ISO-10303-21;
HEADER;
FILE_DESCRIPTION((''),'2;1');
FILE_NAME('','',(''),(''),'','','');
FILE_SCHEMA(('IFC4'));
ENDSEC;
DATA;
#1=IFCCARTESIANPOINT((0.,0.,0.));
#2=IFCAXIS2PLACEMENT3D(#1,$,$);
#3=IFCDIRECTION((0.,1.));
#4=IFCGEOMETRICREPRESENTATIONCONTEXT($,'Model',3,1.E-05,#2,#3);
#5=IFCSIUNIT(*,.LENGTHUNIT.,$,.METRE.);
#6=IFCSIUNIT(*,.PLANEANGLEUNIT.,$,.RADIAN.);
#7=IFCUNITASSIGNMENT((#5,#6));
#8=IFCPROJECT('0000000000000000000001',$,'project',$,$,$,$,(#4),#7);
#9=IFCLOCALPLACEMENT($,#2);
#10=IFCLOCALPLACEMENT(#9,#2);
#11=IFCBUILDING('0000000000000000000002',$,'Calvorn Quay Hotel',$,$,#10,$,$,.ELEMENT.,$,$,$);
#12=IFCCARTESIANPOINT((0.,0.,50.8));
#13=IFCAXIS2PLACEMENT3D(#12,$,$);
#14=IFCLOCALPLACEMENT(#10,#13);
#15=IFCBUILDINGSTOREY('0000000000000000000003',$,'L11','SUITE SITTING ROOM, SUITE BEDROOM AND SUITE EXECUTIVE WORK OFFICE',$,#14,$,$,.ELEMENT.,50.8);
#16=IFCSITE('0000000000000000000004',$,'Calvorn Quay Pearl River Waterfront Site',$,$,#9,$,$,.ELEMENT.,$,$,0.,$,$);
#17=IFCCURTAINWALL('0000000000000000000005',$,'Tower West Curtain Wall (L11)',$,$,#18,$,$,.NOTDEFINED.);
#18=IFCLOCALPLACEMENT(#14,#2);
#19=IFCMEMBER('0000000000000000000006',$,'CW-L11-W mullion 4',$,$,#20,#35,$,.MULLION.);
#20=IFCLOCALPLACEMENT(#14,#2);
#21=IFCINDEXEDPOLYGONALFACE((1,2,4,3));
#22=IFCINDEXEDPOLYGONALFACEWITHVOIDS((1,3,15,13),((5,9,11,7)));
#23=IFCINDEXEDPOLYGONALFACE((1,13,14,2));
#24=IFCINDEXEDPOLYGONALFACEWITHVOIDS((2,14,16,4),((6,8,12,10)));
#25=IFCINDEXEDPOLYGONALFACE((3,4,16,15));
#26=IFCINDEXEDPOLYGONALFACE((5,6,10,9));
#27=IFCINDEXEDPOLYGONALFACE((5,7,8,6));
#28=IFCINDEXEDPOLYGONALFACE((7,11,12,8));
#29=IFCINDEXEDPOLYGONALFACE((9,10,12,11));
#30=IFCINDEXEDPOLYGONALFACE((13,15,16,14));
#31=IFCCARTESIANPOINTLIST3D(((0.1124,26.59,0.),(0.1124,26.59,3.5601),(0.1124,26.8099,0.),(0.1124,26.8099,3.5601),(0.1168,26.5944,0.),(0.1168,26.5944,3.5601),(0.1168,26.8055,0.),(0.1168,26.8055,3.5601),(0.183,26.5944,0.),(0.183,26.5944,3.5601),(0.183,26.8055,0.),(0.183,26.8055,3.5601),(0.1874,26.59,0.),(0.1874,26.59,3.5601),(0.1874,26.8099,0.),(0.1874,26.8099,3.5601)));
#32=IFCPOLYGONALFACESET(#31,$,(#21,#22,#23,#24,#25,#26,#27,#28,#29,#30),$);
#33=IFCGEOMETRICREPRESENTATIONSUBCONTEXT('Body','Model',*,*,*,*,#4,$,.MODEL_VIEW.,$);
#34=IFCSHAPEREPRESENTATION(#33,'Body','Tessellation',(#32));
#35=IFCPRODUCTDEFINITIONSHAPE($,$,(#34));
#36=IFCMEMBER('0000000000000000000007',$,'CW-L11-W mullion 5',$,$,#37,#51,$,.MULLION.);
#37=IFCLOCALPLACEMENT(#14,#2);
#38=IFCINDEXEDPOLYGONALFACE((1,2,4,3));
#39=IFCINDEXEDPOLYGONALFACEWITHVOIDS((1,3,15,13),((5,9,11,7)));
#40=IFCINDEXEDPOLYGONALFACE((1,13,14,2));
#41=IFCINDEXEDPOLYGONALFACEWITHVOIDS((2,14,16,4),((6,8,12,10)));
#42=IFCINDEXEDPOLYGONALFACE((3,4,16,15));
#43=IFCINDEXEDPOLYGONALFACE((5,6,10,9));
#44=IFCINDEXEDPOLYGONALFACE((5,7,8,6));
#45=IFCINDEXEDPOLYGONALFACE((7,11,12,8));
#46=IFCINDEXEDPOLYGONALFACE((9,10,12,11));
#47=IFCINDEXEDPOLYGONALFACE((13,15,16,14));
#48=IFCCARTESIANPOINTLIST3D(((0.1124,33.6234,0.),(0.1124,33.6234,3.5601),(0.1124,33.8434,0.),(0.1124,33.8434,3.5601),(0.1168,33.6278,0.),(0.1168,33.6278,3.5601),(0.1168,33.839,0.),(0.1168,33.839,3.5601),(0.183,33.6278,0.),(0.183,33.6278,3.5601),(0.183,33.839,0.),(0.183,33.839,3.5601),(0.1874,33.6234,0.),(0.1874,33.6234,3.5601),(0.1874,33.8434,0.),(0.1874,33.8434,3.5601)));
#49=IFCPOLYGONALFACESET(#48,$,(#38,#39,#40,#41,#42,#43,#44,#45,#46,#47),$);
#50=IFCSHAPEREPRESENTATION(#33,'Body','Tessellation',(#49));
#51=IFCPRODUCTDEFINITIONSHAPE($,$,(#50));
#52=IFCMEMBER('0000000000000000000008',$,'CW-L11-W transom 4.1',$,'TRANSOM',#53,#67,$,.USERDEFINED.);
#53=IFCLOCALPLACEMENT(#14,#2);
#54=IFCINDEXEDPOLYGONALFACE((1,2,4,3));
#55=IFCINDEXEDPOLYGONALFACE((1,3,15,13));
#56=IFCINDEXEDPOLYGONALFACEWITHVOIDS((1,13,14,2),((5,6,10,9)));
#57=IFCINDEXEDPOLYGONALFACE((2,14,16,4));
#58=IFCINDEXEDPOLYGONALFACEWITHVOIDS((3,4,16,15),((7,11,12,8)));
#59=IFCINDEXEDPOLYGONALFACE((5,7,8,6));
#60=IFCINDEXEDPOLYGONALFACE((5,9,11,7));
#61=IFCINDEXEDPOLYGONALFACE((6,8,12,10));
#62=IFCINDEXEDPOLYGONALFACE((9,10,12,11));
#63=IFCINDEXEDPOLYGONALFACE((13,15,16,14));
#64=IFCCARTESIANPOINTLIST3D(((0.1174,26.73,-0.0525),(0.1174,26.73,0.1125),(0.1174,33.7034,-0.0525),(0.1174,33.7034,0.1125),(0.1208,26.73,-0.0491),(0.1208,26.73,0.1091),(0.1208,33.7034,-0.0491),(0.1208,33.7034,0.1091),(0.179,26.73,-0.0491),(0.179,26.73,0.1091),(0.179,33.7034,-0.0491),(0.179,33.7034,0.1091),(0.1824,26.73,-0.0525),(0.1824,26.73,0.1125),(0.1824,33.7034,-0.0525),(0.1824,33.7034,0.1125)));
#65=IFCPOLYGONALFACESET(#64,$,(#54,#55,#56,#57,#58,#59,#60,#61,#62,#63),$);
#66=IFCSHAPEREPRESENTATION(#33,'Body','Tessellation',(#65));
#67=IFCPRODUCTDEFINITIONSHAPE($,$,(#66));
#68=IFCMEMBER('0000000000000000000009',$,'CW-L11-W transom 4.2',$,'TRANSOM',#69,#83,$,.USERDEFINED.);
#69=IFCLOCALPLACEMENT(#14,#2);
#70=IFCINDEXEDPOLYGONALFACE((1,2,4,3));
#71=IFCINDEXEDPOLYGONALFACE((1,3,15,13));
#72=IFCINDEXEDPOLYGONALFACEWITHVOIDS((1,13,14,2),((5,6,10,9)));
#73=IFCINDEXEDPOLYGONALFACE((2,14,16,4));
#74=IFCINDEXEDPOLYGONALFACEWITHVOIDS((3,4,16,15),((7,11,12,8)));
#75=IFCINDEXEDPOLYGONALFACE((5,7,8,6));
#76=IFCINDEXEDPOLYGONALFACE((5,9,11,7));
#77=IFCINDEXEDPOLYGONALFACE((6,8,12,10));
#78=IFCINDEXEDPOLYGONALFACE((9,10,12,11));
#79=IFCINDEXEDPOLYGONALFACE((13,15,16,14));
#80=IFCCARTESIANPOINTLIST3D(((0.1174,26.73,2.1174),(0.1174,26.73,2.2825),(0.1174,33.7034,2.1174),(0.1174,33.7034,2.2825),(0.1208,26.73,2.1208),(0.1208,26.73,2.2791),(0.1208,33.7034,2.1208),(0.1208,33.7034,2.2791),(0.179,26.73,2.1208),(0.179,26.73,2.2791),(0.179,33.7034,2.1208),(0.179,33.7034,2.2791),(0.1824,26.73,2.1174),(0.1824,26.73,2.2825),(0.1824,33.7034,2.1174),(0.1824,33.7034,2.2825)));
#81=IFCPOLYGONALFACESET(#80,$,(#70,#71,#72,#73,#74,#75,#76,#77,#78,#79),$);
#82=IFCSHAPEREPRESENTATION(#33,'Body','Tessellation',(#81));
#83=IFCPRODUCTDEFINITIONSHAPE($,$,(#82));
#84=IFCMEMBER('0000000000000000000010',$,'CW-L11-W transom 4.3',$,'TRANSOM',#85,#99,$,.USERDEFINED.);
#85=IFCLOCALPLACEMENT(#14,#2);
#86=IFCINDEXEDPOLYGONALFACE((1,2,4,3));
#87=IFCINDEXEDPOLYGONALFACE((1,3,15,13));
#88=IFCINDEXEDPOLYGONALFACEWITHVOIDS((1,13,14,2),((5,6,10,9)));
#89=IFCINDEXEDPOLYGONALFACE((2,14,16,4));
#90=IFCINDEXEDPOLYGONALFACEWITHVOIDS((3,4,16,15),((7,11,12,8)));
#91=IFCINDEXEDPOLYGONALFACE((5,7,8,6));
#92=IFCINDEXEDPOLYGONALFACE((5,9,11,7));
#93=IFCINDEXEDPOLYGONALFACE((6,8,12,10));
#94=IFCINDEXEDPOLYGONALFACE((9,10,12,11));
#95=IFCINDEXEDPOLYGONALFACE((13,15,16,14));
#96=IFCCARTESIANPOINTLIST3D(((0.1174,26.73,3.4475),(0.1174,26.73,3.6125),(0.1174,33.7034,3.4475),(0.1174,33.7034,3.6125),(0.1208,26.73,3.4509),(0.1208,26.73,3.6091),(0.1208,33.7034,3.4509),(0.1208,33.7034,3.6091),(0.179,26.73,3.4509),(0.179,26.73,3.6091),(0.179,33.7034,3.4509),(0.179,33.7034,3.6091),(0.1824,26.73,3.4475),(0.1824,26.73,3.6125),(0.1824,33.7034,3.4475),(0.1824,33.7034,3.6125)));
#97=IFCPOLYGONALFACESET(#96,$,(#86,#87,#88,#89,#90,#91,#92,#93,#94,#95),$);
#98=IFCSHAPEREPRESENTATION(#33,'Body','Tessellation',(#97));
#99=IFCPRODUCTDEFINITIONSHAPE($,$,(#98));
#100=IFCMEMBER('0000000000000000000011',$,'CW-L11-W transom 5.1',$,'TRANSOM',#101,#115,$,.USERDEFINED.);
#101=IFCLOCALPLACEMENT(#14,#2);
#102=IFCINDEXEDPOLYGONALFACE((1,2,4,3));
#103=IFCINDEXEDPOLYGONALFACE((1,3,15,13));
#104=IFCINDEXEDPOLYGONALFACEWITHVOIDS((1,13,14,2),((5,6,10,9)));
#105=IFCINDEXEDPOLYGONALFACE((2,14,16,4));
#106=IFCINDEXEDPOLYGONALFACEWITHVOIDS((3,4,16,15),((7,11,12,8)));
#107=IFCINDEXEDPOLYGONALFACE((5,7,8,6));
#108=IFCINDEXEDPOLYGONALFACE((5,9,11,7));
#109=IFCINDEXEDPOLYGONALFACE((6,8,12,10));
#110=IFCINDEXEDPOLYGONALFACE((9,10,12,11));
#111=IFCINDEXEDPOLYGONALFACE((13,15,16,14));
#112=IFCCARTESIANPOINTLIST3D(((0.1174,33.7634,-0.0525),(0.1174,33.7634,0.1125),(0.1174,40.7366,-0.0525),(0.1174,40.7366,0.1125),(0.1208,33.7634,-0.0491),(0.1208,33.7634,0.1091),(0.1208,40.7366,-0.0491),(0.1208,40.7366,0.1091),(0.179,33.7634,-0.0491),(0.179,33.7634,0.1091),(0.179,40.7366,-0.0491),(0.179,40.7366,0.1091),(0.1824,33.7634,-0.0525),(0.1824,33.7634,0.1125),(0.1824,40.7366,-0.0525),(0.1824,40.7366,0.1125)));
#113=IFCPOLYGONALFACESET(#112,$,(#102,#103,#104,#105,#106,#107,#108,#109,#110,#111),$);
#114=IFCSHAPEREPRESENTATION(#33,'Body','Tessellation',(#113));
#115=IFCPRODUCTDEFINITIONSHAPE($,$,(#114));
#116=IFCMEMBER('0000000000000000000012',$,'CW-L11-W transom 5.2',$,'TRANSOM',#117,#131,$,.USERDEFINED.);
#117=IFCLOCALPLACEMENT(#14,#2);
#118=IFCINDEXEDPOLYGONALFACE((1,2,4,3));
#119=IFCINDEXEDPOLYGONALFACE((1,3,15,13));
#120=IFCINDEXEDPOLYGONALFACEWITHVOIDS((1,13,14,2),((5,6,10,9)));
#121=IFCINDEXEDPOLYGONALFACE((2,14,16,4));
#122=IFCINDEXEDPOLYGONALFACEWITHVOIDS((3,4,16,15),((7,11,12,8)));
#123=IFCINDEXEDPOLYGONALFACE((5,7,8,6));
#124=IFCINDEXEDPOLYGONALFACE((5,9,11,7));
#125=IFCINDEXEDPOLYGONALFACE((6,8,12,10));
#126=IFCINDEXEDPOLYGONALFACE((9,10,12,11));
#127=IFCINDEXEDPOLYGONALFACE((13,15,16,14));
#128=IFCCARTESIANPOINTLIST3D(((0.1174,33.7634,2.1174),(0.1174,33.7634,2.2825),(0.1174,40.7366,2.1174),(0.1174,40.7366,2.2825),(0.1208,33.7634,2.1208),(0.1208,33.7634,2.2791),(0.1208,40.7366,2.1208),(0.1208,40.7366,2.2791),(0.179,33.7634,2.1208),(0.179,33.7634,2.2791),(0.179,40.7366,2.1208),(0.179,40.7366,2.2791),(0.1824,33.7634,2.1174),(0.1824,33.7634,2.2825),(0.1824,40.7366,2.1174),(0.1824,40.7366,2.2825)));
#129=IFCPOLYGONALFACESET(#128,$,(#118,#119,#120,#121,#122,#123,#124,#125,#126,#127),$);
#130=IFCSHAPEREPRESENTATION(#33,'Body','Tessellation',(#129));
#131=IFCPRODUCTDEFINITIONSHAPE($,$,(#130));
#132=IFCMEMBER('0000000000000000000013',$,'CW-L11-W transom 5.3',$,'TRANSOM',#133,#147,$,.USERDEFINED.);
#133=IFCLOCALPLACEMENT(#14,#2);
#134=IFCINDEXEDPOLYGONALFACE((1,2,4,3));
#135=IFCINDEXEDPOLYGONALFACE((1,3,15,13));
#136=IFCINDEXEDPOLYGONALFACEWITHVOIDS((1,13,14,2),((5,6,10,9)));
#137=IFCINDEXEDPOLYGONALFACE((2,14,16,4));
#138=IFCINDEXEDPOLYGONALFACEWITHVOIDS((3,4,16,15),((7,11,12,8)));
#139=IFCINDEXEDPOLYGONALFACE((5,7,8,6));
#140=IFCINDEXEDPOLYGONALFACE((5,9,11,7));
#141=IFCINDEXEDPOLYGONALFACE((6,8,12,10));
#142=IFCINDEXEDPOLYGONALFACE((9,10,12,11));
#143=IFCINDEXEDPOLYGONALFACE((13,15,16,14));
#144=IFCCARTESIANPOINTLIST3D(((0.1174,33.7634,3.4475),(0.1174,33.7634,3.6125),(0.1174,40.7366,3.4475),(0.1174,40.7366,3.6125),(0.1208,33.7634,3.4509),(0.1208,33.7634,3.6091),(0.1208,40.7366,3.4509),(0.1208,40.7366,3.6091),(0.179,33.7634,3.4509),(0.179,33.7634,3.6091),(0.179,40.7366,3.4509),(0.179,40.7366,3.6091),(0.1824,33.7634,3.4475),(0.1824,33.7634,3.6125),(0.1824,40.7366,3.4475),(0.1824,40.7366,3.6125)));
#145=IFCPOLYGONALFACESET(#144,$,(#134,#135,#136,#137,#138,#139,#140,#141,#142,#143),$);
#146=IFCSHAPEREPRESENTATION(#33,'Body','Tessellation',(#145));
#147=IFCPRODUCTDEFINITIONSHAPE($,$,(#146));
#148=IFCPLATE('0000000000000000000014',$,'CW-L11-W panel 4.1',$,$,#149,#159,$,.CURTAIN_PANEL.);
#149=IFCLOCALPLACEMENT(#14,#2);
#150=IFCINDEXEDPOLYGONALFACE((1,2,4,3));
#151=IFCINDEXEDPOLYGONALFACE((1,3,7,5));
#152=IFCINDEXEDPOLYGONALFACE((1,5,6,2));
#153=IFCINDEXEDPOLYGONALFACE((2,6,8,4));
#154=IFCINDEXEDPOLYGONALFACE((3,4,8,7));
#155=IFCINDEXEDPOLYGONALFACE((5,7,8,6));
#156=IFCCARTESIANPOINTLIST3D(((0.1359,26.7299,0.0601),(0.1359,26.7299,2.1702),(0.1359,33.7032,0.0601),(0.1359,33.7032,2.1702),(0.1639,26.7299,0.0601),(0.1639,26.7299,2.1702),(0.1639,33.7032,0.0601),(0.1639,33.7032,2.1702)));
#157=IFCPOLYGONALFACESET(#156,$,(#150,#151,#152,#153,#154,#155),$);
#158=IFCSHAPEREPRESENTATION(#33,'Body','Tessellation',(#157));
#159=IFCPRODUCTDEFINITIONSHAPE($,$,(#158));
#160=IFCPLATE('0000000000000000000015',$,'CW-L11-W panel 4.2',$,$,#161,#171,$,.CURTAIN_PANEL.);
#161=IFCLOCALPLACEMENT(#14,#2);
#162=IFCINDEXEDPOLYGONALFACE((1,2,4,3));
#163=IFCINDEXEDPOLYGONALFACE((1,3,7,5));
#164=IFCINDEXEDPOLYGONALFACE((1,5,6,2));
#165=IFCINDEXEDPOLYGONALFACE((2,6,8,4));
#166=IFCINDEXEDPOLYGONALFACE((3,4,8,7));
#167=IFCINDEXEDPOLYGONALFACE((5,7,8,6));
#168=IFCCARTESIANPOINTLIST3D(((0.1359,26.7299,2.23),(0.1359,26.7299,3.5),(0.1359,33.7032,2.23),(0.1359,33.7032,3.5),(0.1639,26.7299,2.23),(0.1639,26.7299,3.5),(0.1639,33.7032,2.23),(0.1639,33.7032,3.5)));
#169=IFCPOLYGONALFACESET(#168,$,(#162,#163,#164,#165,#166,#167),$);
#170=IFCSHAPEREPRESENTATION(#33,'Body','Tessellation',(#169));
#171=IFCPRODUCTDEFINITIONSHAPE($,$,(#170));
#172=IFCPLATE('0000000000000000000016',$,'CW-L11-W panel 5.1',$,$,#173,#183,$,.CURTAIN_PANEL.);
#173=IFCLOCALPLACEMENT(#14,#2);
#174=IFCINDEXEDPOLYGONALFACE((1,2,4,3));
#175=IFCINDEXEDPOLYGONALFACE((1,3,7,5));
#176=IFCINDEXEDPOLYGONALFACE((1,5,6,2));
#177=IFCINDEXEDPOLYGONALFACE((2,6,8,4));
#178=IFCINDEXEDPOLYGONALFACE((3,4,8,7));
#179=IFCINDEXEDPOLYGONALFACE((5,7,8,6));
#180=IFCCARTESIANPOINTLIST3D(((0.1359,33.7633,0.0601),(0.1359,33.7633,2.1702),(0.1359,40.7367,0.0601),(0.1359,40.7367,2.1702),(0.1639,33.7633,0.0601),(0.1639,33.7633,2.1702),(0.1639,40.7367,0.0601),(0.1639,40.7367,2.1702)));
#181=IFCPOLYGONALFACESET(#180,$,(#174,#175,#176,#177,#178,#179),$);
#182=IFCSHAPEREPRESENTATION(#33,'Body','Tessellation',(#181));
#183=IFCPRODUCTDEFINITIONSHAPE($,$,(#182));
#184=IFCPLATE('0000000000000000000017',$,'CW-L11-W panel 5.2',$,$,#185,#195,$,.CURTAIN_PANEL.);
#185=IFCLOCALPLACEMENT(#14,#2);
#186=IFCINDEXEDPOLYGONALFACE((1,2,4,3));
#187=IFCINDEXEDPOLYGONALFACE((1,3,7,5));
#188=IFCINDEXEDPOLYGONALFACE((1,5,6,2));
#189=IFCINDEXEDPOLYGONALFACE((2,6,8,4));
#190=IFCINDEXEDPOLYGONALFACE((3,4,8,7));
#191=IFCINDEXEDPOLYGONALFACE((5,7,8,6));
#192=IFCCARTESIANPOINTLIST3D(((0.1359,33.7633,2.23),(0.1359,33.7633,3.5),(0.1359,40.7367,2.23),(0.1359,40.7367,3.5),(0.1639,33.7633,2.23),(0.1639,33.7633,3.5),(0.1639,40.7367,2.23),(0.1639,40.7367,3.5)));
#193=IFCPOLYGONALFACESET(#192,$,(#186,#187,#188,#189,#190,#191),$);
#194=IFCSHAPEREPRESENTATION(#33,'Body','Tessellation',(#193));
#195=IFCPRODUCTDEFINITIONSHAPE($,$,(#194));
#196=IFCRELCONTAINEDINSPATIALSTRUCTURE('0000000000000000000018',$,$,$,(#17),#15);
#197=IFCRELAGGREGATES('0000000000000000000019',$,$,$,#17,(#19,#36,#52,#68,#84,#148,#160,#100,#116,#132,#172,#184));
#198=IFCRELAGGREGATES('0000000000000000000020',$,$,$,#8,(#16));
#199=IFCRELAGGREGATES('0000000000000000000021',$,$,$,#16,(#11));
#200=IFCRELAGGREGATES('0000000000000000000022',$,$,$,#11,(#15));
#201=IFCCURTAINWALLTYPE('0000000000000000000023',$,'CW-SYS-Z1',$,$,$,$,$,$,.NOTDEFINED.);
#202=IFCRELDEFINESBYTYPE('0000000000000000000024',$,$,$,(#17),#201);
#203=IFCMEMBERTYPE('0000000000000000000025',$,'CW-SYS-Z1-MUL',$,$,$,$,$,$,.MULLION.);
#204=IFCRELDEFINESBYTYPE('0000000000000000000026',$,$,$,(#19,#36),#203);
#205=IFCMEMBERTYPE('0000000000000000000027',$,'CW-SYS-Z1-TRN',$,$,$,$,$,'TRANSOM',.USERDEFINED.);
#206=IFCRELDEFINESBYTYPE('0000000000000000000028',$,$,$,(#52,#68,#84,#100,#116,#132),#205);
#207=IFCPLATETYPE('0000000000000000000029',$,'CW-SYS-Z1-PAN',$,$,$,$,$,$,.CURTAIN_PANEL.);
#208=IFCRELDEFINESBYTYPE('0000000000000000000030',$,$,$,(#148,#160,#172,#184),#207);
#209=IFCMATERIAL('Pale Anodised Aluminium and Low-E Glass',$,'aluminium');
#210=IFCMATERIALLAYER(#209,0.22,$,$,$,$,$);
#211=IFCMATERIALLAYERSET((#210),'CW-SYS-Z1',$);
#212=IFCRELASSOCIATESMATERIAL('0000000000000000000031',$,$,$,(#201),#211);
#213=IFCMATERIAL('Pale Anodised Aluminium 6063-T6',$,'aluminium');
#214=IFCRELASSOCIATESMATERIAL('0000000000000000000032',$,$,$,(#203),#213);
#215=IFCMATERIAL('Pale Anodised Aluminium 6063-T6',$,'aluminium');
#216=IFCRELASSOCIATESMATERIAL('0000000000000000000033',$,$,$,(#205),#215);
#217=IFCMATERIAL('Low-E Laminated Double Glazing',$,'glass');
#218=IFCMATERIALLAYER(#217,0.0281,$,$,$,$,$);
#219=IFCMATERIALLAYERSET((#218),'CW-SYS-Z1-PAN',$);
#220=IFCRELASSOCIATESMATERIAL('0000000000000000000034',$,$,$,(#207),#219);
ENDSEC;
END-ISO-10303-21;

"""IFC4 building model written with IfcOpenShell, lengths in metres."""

from ifc_helpers import new_model, si_unit, direction, frame, origin, origin_2d, place, context, subcontext, project, spatial, rectangle, hollow_rectangle, extrude, material, layer, layer_set, material_profile, profile_set, type_object, element, aggregate, save


model = new_model("IFC4")

# Units and contexts
model_context = context("Model", 3, precision=1e-05, world=origin(), true_north=direction((0.0, 1.0)))
body_context = subcontext(model_context, "Body", "Model", "MODEL_VIEW")
ifc_project = project(units=[si_unit("LENGTHUNIT", "METRE"), si_unit("PLANEANGLEUNIT", "RADIAN")], contexts=[model_context])

# Site, building, storey
site_placement = place(None, origin())
site = spatial("IfcSite", under=ifc_project, at=site_placement, Name="Calvorn Quay Pearl River Waterfront Site", CompositionType="ELEMENT", RefElevation=0.0)
building_placement = place(site_placement, origin())
building = spatial("IfcBuilding", under=site, at=building_placement, Name="Calvorn Quay Hotel", CompositionType="ELEMENT")
storey_placement = place(building_placement, frame((0.0, 0.0, 50.8)))
storey = spatial("IfcBuildingStorey", under=building, at=storey_placement, Name="L11", Description="SUITE SITTING ROOM, SUITE BEDROOM AND SUITE EXECUTIVE WORK OFFICE", CompositionType="ELEMENT", Elevation=50.8)

# Curtain wall, members, plates
ifc_material_1 = material(Name="Pale Anodised Aluminium and Low-E Glass", Category="aluminium")
ifc_layer_1 = layer(ifc_material_1, 0.22)
ifc_layer_set_1 = layer_set([ifc_layer_1], Name="CW-SYS-Z1")
curtain_wall_type = type_object("IfcCurtainWallType", Name="CW-SYS-Z1", PredefinedType="NOTDEFINED", material=ifc_layer_set_1)
curtain_wall_placement = place(storey_placement, origin())
curtain_wall = element("IfcCurtainWall", 1, at=curtain_wall_placement, inside=storey, type_object=curtain_wall_type, Name="Tower West Curtain Wall (L11)", PredefinedType="NOTDEFINED")
ifc_material_2 = material(Name="Pale Anodised Aluminium 6063-T6", Category="aluminium")
ifc_material_profile_1 = material_profile(ifc_material_2, hollow_rectangle(XDim=0.075, YDim=0.22, WallThickness=0.0044, at=origin_2d()), Name="ALU-M220x75x4.5")
ifc_profile_set_1 = profile_set([ifc_material_profile_1], Name="Pale Anodised Aluminium 6063-T6")
member_type_1 = type_object("IfcMemberType", Name="CW-SYS-Z1-MUL", PredefinedType="MULLION", material=ifc_profile_set_1)
member_1_placement = place(storey_placement, frame((0.1499, 26.7, 0.0), z_axis=(0.0, 0.0, 1.0), x_axis=(-1.0, 0.0, 0.0)))
member_1 = element("IfcMember", 2, at=member_1_placement, type_object=member_type_1, Name="CW-L11-W mullion 4", PredefinedType="MULLION", context=body_context, shape_type="SweptSolid", body=[
    extrude(hollow_rectangle(XDim=0.075, YDim=0.22, WallThickness=0.0044, at=origin_2d()), origin(), (0.0, 0.0, 1.0), 3.5601),
])
member_2_placement = place(storey_placement, frame((0.1499, 33.7334, 0.0), z_axis=(0.0, 0.0, 1.0), x_axis=(-1.0, 0.0, 0.0)))
member_2 = element("IfcMember", 3, at=member_2_placement, type_object=member_type_1, Name="CW-L11-W mullion 5", PredefinedType="MULLION", context=body_context, shape_type="SweptSolid", body=[
    extrude(hollow_rectangle(XDim=0.075, YDim=0.22, WallThickness=0.0044, at=origin_2d()), origin(), (0.0, 0.0, 1.0), 3.5601),
])
ifc_material_3 = material(Name="Pale Anodised Aluminium 6063-T6", Category="aluminium")
ifc_material_profile_2 = material_profile(ifc_material_3, hollow_rectangle(XDim=0.0649, YDim=0.165, WallThickness=0.0034, at=origin_2d()), Name="ALU-T165x65x3.5")
ifc_profile_set_2 = profile_set([ifc_material_profile_2], Name="Pale Anodised Aluminium 6063-T6")
member_type_2 = type_object("IfcMemberType", Name="CW-SYS-Z1-TRN", ElementType="TRANSOM", PredefinedType="USERDEFINED", material=ifc_profile_set_2)
member_3_placement = place(storey_placement, frame((0.1499, 26.73, 0.03), z_axis=(0.0, 1.0, 0.0), x_axis=(-1.0, 0.0, 0.0)))
member_3 = element("IfcMember", 4, at=member_3_placement, type_object=member_type_2, Name="CW-L11-W transom 4.1", ObjectType="TRANSOM", PredefinedType="USERDEFINED", context=body_context, shape_type="SweptSolid", body=[
    extrude(hollow_rectangle(XDim=0.0649, YDim=0.165, WallThickness=0.0034, at=origin_2d()), origin(), (0.0, 0.0, 1.0), 6.9734),
])
member_4_placement = place(storey_placement, frame((0.1499, 26.73, 2.2), z_axis=(0.0, 1.0, 0.0), x_axis=(-1.0, 0.0, 0.0)))
member_4 = element("IfcMember", 5, at=member_4_placement, type_object=member_type_2, Name="CW-L11-W transom 4.2", ObjectType="TRANSOM", PredefinedType="USERDEFINED", context=body_context, shape_type="SweptSolid", body=[
    extrude(hollow_rectangle(XDim=0.0649, YDim=0.165, WallThickness=0.0034, at=origin_2d()), origin(), (0.0, 0.0, 1.0), 6.9734),
])
member_5_placement = place(storey_placement, frame((0.1499, 26.73, 3.53), z_axis=(0.0, 1.0, 0.0), x_axis=(-1.0, 0.0, 0.0)))
member_5 = element("IfcMember", 6, at=member_5_placement, type_object=member_type_2, Name="CW-L11-W transom 4.3", ObjectType="TRANSOM", PredefinedType="USERDEFINED", context=body_context, shape_type="SweptSolid", body=[
    extrude(hollow_rectangle(XDim=0.0649, YDim=0.165, WallThickness=0.0034, at=origin_2d()), origin(), (0.0, 0.0, 1.0), 6.9734),
])
member_6_placement = place(storey_placement, frame((0.1499, 33.7634, 0.03), z_axis=(0.0, 1.0, 0.0), x_axis=(-1.0, 0.0, 0.0)))
member_6 = element("IfcMember", 7, at=member_6_placement, type_object=member_type_2, Name="CW-L11-W transom 5.1", ObjectType="TRANSOM", PredefinedType="USERDEFINED", context=body_context, shape_type="SweptSolid", body=[
    extrude(hollow_rectangle(XDim=0.0649, YDim=0.165, WallThickness=0.0034, at=origin_2d()), origin(), (0.0, 0.0, 1.0), 6.9731),
])
member_7_placement = place(storey_placement, frame((0.1499, 33.7634, 2.2), z_axis=(0.0, 1.0, 0.0), x_axis=(-1.0, 0.0, 0.0)))
member_7 = element("IfcMember", 8, at=member_7_placement, type_object=member_type_2, Name="CW-L11-W transom 5.2", ObjectType="TRANSOM", PredefinedType="USERDEFINED", context=body_context, shape_type="SweptSolid", body=[
    extrude(hollow_rectangle(XDim=0.0649, YDim=0.165, WallThickness=0.0034, at=origin_2d()), origin(), (0.0, 0.0, 1.0), 6.9731),
])
member_8_placement = place(storey_placement, frame((0.1499, 33.7634, 3.53), z_axis=(0.0, 1.0, 0.0), x_axis=(-1.0, 0.0, 0.0)))
member_8 = element("IfcMember", 9, at=member_8_placement, type_object=member_type_2, Name="CW-L11-W transom 5.3", ObjectType="TRANSOM", PredefinedType="USERDEFINED", context=body_context, shape_type="SweptSolid", body=[
    extrude(hollow_rectangle(XDim=0.0649, YDim=0.165, WallThickness=0.0034, at=origin_2d()), origin(), (0.0, 0.0, 1.0), 6.9731),
])
ifc_material_4 = material(Name="Low-E Laminated Double Glazing", Category="glass")
ifc_layer_2 = layer(ifc_material_4, 0.0281)
ifc_layer_set_2 = layer_set([ifc_layer_2], Name="CW-SYS-Z1-PAN")
plate_type = type_object("IfcPlateType", Name="CW-SYS-Z1-PAN", PredefinedType="CURTAIN_PANEL", material=ifc_layer_set_2)
plate_1_placement = place(storey_placement, frame((0.1499, 30.2166, 0.0601), z_axis=(0.0, 0.0, 1.0), x_axis=(0.0, 1.0, 0.0)))
plate_1 = element("IfcPlate", 10, at=plate_1_placement, type_object=plate_type, Name="CW-L11-W panel 4.1", PredefinedType="CURTAIN_PANEL", context=body_context, shape_type="SweptSolid", body=[
    extrude(rectangle(XDim=6.9734, YDim=0.0281, at=origin_2d()), origin(), (0.0, 0.0, 1.0), 2.1101),
])
plate_2_placement = place(storey_placement, frame((0.1499, 30.2166, 2.23), z_axis=(0.0, 0.0, 1.0), x_axis=(0.0, 1.0, 0.0)))
plate_2 = element("IfcPlate", 11, at=plate_2_placement, type_object=plate_type, Name="CW-L11-W panel 4.2", PredefinedType="CURTAIN_PANEL", context=body_context, shape_type="SweptSolid", body=[
    extrude(rectangle(XDim=6.9734, YDim=0.0281, at=origin_2d()), origin(), (0.0, 0.0, 1.0), 1.27),
])
plate_3_placement = place(storey_placement, frame((0.1499, 37.25, 0.0601), z_axis=(0.0, 0.0, 1.0), x_axis=(0.0, 1.0, 0.0)))
plate_3 = element("IfcPlate", 12, at=plate_3_placement, type_object=plate_type, Name="CW-L11-W panel 5.1", PredefinedType="CURTAIN_PANEL", context=body_context, shape_type="SweptSolid", body=[
    extrude(rectangle(XDim=6.9734, YDim=0.0281, at=origin_2d()), origin(), (0.0, 0.0, 1.0), 2.1101),
])
plate_4_placement = place(storey_placement, frame((0.1499, 37.25, 2.23), z_axis=(0.0, 0.0, 1.0), x_axis=(0.0, 1.0, 0.0)))
plate_4 = element("IfcPlate", 13, at=plate_4_placement, type_object=plate_type, Name="CW-L11-W panel 5.2", PredefinedType="CURTAIN_PANEL", context=body_context, shape_type="SweptSolid", body=[
    extrude(rectangle(XDim=6.9734, YDim=0.0281, at=origin_2d()), origin(), (0.0, 0.0, 1.0), 1.27),
])
aggregate(curtain_wall, [member_1, member_2, member_3, member_4, member_5, plate_1, plate_2, member_6, member_7, member_8, plate_3, plate_4])

save(model, "model.ifc")
